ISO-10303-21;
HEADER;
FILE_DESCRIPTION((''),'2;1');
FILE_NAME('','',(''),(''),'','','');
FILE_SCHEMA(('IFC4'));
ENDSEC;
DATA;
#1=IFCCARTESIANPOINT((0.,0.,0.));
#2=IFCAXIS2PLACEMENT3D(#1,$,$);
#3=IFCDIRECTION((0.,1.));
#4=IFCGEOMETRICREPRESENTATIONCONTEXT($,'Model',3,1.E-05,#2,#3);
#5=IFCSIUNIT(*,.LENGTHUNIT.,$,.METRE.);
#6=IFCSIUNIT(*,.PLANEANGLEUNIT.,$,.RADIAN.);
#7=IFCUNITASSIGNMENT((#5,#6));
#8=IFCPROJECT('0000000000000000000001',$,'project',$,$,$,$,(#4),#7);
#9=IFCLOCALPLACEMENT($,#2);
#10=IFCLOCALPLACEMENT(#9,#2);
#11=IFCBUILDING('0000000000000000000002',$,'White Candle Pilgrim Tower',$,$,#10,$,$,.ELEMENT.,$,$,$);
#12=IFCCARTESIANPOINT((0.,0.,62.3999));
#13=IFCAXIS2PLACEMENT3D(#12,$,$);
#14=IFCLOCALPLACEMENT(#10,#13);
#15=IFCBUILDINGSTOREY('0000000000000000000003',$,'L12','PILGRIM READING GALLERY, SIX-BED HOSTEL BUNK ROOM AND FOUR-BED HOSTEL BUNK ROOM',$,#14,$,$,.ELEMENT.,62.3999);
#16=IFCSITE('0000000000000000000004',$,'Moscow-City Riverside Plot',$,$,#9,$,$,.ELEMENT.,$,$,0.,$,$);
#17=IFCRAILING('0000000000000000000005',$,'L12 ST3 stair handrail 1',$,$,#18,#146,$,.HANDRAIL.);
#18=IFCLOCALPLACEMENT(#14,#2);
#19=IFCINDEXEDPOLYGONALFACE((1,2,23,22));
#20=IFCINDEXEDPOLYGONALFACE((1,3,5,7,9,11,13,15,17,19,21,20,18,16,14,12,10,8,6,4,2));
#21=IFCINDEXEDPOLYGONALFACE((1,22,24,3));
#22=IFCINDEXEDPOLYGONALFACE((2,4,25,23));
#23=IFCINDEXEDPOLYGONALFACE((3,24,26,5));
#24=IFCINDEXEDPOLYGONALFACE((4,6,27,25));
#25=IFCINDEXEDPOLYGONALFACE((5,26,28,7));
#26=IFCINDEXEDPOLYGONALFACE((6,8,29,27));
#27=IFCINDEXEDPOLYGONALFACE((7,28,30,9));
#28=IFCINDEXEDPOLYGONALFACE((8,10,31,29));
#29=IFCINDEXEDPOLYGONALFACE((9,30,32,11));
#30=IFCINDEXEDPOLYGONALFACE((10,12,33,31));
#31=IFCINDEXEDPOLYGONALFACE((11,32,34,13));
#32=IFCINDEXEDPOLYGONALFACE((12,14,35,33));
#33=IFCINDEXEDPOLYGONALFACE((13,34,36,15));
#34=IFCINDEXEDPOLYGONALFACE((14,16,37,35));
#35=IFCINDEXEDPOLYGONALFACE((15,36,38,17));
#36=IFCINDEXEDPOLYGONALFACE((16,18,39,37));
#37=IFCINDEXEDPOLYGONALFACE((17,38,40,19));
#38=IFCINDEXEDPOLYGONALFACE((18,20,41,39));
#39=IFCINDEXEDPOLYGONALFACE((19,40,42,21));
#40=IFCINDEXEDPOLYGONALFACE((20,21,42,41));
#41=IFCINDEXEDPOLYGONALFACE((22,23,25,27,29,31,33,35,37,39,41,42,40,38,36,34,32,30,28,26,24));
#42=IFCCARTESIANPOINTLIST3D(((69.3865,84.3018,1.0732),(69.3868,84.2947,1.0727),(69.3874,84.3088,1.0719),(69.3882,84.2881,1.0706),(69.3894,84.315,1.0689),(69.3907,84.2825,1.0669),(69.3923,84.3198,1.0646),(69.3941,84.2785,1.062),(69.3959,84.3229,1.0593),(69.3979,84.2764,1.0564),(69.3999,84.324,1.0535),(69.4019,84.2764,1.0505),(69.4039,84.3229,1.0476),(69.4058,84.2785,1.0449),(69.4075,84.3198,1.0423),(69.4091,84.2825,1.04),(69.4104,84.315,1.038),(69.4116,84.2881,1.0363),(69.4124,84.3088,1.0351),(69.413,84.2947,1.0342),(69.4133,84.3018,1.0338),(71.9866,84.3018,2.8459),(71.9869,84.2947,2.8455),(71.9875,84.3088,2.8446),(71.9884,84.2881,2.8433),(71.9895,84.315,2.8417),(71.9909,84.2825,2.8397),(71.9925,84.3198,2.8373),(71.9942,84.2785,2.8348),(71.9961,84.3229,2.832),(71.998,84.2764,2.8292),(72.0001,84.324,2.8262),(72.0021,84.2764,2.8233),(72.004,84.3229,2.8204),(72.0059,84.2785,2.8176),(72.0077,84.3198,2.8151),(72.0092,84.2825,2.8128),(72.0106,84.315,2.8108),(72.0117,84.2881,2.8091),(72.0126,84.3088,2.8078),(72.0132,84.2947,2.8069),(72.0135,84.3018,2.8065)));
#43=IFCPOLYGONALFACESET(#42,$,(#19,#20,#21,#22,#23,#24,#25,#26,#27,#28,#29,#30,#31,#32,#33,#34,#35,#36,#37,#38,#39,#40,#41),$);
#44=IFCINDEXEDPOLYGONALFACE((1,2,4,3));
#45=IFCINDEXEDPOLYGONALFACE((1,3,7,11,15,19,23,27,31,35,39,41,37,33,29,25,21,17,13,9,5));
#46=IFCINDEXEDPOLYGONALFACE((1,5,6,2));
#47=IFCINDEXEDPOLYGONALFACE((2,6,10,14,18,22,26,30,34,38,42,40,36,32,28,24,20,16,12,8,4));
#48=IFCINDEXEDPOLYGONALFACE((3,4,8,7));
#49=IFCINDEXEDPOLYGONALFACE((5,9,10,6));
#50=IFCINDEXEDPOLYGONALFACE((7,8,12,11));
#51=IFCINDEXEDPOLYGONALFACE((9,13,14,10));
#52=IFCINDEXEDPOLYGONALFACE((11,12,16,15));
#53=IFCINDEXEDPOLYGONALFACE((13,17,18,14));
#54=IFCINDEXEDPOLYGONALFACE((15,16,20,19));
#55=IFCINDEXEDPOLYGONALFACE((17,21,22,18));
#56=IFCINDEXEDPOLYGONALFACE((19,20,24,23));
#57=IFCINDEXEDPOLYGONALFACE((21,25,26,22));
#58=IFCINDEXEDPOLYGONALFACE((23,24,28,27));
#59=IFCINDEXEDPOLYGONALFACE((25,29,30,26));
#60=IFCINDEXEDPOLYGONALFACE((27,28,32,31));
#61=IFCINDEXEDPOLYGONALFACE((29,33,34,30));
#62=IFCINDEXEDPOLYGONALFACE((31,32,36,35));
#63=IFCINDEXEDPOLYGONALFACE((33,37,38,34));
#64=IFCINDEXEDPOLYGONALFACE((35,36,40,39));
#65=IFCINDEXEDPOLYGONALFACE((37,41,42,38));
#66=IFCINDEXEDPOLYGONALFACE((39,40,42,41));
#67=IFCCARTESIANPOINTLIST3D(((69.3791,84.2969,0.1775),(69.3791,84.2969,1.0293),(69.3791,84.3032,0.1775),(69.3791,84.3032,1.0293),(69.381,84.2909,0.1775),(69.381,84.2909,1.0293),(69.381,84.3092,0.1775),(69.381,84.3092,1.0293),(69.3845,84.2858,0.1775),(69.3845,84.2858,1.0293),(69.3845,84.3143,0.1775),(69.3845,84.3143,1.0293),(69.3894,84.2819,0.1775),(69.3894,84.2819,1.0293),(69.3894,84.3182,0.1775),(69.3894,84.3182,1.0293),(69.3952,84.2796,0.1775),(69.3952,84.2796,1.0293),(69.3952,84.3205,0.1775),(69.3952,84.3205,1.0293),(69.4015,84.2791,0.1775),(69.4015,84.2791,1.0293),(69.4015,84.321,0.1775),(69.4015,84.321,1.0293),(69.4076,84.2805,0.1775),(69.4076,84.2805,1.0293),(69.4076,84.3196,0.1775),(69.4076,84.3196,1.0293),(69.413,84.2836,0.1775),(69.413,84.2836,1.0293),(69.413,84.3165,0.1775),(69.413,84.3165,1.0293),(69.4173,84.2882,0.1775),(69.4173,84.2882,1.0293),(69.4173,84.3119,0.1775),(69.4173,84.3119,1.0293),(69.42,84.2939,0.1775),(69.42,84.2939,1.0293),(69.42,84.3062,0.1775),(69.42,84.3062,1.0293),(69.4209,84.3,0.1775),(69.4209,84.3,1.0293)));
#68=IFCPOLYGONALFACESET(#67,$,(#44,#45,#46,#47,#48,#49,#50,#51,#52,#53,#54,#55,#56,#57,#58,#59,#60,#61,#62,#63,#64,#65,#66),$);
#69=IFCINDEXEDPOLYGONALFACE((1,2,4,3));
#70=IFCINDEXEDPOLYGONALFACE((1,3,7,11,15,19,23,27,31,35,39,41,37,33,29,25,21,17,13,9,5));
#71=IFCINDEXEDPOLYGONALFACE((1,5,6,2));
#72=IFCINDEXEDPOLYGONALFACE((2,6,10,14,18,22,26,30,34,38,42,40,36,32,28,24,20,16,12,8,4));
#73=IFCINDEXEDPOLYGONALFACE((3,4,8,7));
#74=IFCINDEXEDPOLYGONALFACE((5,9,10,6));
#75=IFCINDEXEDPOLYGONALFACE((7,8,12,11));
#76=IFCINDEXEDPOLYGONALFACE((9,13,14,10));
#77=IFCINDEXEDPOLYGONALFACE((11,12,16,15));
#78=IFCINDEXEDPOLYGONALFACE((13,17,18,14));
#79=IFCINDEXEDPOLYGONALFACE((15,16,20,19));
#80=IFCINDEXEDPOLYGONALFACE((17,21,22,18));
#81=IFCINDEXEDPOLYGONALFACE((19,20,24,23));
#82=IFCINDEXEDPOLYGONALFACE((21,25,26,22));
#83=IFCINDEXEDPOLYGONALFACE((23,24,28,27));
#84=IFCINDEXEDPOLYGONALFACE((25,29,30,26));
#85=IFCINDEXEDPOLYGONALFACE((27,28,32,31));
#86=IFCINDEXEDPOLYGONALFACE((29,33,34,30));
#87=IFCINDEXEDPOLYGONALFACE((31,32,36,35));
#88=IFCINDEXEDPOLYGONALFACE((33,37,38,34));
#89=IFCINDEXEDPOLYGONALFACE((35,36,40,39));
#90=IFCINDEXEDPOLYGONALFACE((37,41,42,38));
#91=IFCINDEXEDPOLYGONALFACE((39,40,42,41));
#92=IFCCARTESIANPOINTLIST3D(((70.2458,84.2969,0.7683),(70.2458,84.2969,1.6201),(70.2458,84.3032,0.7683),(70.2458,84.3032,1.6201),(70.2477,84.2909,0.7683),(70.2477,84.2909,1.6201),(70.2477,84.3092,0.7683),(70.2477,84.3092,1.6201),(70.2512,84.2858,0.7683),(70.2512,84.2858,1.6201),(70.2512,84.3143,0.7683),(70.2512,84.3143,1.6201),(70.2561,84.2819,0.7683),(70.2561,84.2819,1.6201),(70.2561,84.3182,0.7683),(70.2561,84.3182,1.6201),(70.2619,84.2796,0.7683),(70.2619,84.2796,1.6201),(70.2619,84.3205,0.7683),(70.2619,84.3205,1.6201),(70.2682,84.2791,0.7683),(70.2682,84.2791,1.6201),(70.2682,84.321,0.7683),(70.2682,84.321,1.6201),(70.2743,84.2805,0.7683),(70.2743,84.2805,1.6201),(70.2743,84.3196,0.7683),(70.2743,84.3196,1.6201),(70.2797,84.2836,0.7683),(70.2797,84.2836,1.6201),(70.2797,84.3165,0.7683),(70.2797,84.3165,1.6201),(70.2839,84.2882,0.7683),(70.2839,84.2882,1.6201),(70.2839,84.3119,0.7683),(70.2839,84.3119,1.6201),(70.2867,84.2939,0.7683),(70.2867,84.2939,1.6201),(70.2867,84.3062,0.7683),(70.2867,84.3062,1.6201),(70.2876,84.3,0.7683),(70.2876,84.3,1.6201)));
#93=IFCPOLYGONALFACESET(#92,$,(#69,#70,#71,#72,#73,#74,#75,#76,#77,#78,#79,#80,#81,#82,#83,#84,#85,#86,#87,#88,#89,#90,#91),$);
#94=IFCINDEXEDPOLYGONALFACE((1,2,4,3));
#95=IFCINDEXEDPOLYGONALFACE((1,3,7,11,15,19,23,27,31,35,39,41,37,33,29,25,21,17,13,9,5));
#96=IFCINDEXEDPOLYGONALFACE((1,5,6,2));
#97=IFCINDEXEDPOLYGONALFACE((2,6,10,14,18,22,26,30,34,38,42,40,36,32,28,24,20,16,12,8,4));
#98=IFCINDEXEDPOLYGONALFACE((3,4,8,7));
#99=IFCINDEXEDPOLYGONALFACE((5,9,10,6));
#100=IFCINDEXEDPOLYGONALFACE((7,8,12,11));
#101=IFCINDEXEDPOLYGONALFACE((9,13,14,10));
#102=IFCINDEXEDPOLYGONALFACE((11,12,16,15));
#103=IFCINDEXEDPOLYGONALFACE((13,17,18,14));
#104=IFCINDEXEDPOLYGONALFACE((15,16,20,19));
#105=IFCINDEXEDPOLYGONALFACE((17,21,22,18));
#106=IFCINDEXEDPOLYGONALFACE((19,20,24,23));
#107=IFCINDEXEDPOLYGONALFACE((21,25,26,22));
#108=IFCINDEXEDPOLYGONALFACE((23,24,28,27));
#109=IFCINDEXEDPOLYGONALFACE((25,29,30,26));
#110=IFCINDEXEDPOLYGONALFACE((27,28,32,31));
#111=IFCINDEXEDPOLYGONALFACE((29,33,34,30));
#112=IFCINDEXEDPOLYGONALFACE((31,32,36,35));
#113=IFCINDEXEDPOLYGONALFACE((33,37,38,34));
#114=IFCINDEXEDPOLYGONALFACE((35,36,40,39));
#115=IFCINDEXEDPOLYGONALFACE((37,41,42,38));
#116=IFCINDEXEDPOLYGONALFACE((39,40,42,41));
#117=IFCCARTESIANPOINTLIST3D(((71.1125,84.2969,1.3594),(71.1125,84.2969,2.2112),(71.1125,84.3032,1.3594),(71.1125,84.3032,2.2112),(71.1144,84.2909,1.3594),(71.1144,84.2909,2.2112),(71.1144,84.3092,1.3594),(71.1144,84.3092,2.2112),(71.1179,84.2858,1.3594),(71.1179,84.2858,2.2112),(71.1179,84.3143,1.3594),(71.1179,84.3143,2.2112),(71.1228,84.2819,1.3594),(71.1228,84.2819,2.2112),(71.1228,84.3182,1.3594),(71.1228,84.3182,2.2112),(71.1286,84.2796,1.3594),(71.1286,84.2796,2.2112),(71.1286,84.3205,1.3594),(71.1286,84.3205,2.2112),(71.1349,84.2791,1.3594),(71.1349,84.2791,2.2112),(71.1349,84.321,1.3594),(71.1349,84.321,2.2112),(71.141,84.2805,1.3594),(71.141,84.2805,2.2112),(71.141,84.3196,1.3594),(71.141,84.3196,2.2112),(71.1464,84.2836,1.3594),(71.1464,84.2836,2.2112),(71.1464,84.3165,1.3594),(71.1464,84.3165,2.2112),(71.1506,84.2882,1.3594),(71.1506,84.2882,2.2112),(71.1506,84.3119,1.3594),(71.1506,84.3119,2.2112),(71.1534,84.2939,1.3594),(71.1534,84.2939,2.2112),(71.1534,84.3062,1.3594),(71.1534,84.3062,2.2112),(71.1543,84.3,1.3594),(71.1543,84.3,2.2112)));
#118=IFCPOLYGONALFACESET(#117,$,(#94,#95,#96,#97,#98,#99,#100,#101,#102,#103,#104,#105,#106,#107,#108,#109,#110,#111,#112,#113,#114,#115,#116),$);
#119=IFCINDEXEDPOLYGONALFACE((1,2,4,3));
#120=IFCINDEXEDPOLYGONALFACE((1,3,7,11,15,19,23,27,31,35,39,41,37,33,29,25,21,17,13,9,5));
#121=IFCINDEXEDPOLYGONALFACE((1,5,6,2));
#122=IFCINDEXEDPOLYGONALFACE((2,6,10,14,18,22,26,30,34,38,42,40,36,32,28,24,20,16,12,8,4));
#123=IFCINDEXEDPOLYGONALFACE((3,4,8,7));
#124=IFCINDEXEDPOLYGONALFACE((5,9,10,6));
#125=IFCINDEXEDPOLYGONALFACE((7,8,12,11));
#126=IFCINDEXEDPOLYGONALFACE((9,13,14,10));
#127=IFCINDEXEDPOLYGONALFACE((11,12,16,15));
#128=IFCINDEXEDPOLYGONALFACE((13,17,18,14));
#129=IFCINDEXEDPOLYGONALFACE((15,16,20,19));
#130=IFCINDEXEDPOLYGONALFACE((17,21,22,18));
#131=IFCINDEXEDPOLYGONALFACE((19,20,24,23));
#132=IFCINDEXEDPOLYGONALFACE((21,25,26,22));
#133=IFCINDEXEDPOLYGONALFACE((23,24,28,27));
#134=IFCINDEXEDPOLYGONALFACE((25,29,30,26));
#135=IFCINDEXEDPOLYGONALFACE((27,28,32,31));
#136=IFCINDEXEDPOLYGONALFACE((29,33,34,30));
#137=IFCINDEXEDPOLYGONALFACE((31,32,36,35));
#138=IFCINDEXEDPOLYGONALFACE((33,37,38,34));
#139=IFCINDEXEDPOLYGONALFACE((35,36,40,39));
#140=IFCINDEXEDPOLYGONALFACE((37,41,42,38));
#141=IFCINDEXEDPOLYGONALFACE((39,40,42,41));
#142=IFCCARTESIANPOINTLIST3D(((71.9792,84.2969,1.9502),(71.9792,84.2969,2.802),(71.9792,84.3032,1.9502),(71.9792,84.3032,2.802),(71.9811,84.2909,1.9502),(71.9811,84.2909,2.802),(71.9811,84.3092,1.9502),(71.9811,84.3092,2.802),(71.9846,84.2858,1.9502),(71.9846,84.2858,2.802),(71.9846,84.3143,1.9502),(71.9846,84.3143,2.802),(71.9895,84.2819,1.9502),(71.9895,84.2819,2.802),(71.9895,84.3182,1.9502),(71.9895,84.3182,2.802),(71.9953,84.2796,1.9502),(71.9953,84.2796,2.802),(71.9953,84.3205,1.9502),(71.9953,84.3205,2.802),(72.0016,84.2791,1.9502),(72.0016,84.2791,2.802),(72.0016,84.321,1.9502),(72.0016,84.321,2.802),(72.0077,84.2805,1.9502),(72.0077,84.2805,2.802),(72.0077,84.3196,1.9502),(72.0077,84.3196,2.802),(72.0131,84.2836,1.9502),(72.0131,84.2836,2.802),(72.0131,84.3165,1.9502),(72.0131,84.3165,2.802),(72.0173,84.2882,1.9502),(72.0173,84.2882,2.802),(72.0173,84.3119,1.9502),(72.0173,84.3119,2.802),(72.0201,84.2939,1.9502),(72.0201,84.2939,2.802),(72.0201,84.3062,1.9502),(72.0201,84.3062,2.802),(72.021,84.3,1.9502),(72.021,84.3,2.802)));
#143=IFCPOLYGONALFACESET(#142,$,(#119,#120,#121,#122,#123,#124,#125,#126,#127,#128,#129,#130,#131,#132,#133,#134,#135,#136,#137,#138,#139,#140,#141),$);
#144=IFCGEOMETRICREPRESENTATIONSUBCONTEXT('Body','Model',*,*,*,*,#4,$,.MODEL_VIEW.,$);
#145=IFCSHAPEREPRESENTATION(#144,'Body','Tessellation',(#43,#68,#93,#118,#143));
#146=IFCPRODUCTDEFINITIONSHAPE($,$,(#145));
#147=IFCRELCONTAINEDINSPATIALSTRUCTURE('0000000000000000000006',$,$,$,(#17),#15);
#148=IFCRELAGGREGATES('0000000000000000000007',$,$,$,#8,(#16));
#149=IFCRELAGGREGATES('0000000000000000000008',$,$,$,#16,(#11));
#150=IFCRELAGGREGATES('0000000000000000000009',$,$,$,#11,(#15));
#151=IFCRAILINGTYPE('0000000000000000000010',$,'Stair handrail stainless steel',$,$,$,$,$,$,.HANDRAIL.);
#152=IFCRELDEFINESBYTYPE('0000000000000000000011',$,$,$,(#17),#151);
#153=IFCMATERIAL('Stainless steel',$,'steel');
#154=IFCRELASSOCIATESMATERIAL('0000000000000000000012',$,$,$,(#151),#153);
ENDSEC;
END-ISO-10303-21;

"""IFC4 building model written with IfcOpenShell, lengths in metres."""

from ifc_helpers import new_model, si_unit, direction, frame, origin, origin_2d, place, context, subcontext, project, spatial, circle, extrude, material, type_object, element, save


model = new_model("IFC4")

# Units and contexts
model_context = context("Model", 3, precision=1e-05, world=origin(), true_north=direction((0.0, 1.0)))
body_context = subcontext(model_context, "Body", "Model", "MODEL_VIEW")
ifc_project = project(units=[si_unit("LENGTHUNIT", "METRE"), si_unit("PLANEANGLEUNIT", "RADIAN")], contexts=[model_context])

# Site, building, storey
site_placement = place(None, origin())
site = spatial("IfcSite", under=ifc_project, at=site_placement, Name="Moscow-City Riverside Plot", CompositionType="ELEMENT", RefElevation=0.0)
building_placement = place(site_placement, origin())
building = spatial("IfcBuilding", under=site, at=building_placement, Name="White Candle Pilgrim Tower", CompositionType="ELEMENT")
storey_placement = place(building_placement, frame((0.0, 0.0, 62.3999)))
storey = spatial("IfcBuildingStorey", under=building, at=storey_placement, Name="L12", Description="PILGRIM READING GALLERY, SIX-BED HOSTEL BUNK ROOM AND FOUR-BED HOSTEL BUNK ROOM", CompositionType="ELEMENT", Elevation=62.3999)

# Railing
ifc_material_1 = material(Name="Stainless steel", Category="steel")
railing_type_1 = type_object("IfcRailingType", Name="Stair handrail stainless steel", PredefinedType="HANDRAIL", material=ifc_material_1)
railing_1_placement = place(storey_placement, frame((69.3999, 84.3, 0.1775)))
element("IfcRailing", 1, at=railing_1_placement, inside=storey, type_object=railing_type_1, Name="L12 ST3 stair handrail 1", PredefinedType="HANDRAIL", context=body_context, shape_type="SweptSolid", body=[
    extrude(circle(Radius=0.0239, at=origin_2d()), frame((0.0, 0.0, 0.876), z_axis=(0.82624, 0.0, 0.563318), x_axis=(0.0, 1.0, 0.0)), (0.0, 0.0, 1.0), 3.147),
    extrude(circle(Radius=0.021, at=origin_2d()), origin(), (0.0, 0.0, 1.0), 0.8518),
    extrude(circle(Radius=0.021, at=origin_2d()), frame((0.8667, 0.0, 0.5908)), (0.0, 0.0, 1.0), 0.8518),
    extrude(circle(Radius=0.021, at=origin_2d()), frame((1.7334, 0.0, 1.1819)), (0.0, 0.0, 1.0), 0.8518),
    extrude(circle(Radius=0.021, at=origin_2d()), frame((2.6001, 0.0, 1.7727)), (0.0, 0.0, 1.0), 0.8518),
])

save(model, "model.ifc")
